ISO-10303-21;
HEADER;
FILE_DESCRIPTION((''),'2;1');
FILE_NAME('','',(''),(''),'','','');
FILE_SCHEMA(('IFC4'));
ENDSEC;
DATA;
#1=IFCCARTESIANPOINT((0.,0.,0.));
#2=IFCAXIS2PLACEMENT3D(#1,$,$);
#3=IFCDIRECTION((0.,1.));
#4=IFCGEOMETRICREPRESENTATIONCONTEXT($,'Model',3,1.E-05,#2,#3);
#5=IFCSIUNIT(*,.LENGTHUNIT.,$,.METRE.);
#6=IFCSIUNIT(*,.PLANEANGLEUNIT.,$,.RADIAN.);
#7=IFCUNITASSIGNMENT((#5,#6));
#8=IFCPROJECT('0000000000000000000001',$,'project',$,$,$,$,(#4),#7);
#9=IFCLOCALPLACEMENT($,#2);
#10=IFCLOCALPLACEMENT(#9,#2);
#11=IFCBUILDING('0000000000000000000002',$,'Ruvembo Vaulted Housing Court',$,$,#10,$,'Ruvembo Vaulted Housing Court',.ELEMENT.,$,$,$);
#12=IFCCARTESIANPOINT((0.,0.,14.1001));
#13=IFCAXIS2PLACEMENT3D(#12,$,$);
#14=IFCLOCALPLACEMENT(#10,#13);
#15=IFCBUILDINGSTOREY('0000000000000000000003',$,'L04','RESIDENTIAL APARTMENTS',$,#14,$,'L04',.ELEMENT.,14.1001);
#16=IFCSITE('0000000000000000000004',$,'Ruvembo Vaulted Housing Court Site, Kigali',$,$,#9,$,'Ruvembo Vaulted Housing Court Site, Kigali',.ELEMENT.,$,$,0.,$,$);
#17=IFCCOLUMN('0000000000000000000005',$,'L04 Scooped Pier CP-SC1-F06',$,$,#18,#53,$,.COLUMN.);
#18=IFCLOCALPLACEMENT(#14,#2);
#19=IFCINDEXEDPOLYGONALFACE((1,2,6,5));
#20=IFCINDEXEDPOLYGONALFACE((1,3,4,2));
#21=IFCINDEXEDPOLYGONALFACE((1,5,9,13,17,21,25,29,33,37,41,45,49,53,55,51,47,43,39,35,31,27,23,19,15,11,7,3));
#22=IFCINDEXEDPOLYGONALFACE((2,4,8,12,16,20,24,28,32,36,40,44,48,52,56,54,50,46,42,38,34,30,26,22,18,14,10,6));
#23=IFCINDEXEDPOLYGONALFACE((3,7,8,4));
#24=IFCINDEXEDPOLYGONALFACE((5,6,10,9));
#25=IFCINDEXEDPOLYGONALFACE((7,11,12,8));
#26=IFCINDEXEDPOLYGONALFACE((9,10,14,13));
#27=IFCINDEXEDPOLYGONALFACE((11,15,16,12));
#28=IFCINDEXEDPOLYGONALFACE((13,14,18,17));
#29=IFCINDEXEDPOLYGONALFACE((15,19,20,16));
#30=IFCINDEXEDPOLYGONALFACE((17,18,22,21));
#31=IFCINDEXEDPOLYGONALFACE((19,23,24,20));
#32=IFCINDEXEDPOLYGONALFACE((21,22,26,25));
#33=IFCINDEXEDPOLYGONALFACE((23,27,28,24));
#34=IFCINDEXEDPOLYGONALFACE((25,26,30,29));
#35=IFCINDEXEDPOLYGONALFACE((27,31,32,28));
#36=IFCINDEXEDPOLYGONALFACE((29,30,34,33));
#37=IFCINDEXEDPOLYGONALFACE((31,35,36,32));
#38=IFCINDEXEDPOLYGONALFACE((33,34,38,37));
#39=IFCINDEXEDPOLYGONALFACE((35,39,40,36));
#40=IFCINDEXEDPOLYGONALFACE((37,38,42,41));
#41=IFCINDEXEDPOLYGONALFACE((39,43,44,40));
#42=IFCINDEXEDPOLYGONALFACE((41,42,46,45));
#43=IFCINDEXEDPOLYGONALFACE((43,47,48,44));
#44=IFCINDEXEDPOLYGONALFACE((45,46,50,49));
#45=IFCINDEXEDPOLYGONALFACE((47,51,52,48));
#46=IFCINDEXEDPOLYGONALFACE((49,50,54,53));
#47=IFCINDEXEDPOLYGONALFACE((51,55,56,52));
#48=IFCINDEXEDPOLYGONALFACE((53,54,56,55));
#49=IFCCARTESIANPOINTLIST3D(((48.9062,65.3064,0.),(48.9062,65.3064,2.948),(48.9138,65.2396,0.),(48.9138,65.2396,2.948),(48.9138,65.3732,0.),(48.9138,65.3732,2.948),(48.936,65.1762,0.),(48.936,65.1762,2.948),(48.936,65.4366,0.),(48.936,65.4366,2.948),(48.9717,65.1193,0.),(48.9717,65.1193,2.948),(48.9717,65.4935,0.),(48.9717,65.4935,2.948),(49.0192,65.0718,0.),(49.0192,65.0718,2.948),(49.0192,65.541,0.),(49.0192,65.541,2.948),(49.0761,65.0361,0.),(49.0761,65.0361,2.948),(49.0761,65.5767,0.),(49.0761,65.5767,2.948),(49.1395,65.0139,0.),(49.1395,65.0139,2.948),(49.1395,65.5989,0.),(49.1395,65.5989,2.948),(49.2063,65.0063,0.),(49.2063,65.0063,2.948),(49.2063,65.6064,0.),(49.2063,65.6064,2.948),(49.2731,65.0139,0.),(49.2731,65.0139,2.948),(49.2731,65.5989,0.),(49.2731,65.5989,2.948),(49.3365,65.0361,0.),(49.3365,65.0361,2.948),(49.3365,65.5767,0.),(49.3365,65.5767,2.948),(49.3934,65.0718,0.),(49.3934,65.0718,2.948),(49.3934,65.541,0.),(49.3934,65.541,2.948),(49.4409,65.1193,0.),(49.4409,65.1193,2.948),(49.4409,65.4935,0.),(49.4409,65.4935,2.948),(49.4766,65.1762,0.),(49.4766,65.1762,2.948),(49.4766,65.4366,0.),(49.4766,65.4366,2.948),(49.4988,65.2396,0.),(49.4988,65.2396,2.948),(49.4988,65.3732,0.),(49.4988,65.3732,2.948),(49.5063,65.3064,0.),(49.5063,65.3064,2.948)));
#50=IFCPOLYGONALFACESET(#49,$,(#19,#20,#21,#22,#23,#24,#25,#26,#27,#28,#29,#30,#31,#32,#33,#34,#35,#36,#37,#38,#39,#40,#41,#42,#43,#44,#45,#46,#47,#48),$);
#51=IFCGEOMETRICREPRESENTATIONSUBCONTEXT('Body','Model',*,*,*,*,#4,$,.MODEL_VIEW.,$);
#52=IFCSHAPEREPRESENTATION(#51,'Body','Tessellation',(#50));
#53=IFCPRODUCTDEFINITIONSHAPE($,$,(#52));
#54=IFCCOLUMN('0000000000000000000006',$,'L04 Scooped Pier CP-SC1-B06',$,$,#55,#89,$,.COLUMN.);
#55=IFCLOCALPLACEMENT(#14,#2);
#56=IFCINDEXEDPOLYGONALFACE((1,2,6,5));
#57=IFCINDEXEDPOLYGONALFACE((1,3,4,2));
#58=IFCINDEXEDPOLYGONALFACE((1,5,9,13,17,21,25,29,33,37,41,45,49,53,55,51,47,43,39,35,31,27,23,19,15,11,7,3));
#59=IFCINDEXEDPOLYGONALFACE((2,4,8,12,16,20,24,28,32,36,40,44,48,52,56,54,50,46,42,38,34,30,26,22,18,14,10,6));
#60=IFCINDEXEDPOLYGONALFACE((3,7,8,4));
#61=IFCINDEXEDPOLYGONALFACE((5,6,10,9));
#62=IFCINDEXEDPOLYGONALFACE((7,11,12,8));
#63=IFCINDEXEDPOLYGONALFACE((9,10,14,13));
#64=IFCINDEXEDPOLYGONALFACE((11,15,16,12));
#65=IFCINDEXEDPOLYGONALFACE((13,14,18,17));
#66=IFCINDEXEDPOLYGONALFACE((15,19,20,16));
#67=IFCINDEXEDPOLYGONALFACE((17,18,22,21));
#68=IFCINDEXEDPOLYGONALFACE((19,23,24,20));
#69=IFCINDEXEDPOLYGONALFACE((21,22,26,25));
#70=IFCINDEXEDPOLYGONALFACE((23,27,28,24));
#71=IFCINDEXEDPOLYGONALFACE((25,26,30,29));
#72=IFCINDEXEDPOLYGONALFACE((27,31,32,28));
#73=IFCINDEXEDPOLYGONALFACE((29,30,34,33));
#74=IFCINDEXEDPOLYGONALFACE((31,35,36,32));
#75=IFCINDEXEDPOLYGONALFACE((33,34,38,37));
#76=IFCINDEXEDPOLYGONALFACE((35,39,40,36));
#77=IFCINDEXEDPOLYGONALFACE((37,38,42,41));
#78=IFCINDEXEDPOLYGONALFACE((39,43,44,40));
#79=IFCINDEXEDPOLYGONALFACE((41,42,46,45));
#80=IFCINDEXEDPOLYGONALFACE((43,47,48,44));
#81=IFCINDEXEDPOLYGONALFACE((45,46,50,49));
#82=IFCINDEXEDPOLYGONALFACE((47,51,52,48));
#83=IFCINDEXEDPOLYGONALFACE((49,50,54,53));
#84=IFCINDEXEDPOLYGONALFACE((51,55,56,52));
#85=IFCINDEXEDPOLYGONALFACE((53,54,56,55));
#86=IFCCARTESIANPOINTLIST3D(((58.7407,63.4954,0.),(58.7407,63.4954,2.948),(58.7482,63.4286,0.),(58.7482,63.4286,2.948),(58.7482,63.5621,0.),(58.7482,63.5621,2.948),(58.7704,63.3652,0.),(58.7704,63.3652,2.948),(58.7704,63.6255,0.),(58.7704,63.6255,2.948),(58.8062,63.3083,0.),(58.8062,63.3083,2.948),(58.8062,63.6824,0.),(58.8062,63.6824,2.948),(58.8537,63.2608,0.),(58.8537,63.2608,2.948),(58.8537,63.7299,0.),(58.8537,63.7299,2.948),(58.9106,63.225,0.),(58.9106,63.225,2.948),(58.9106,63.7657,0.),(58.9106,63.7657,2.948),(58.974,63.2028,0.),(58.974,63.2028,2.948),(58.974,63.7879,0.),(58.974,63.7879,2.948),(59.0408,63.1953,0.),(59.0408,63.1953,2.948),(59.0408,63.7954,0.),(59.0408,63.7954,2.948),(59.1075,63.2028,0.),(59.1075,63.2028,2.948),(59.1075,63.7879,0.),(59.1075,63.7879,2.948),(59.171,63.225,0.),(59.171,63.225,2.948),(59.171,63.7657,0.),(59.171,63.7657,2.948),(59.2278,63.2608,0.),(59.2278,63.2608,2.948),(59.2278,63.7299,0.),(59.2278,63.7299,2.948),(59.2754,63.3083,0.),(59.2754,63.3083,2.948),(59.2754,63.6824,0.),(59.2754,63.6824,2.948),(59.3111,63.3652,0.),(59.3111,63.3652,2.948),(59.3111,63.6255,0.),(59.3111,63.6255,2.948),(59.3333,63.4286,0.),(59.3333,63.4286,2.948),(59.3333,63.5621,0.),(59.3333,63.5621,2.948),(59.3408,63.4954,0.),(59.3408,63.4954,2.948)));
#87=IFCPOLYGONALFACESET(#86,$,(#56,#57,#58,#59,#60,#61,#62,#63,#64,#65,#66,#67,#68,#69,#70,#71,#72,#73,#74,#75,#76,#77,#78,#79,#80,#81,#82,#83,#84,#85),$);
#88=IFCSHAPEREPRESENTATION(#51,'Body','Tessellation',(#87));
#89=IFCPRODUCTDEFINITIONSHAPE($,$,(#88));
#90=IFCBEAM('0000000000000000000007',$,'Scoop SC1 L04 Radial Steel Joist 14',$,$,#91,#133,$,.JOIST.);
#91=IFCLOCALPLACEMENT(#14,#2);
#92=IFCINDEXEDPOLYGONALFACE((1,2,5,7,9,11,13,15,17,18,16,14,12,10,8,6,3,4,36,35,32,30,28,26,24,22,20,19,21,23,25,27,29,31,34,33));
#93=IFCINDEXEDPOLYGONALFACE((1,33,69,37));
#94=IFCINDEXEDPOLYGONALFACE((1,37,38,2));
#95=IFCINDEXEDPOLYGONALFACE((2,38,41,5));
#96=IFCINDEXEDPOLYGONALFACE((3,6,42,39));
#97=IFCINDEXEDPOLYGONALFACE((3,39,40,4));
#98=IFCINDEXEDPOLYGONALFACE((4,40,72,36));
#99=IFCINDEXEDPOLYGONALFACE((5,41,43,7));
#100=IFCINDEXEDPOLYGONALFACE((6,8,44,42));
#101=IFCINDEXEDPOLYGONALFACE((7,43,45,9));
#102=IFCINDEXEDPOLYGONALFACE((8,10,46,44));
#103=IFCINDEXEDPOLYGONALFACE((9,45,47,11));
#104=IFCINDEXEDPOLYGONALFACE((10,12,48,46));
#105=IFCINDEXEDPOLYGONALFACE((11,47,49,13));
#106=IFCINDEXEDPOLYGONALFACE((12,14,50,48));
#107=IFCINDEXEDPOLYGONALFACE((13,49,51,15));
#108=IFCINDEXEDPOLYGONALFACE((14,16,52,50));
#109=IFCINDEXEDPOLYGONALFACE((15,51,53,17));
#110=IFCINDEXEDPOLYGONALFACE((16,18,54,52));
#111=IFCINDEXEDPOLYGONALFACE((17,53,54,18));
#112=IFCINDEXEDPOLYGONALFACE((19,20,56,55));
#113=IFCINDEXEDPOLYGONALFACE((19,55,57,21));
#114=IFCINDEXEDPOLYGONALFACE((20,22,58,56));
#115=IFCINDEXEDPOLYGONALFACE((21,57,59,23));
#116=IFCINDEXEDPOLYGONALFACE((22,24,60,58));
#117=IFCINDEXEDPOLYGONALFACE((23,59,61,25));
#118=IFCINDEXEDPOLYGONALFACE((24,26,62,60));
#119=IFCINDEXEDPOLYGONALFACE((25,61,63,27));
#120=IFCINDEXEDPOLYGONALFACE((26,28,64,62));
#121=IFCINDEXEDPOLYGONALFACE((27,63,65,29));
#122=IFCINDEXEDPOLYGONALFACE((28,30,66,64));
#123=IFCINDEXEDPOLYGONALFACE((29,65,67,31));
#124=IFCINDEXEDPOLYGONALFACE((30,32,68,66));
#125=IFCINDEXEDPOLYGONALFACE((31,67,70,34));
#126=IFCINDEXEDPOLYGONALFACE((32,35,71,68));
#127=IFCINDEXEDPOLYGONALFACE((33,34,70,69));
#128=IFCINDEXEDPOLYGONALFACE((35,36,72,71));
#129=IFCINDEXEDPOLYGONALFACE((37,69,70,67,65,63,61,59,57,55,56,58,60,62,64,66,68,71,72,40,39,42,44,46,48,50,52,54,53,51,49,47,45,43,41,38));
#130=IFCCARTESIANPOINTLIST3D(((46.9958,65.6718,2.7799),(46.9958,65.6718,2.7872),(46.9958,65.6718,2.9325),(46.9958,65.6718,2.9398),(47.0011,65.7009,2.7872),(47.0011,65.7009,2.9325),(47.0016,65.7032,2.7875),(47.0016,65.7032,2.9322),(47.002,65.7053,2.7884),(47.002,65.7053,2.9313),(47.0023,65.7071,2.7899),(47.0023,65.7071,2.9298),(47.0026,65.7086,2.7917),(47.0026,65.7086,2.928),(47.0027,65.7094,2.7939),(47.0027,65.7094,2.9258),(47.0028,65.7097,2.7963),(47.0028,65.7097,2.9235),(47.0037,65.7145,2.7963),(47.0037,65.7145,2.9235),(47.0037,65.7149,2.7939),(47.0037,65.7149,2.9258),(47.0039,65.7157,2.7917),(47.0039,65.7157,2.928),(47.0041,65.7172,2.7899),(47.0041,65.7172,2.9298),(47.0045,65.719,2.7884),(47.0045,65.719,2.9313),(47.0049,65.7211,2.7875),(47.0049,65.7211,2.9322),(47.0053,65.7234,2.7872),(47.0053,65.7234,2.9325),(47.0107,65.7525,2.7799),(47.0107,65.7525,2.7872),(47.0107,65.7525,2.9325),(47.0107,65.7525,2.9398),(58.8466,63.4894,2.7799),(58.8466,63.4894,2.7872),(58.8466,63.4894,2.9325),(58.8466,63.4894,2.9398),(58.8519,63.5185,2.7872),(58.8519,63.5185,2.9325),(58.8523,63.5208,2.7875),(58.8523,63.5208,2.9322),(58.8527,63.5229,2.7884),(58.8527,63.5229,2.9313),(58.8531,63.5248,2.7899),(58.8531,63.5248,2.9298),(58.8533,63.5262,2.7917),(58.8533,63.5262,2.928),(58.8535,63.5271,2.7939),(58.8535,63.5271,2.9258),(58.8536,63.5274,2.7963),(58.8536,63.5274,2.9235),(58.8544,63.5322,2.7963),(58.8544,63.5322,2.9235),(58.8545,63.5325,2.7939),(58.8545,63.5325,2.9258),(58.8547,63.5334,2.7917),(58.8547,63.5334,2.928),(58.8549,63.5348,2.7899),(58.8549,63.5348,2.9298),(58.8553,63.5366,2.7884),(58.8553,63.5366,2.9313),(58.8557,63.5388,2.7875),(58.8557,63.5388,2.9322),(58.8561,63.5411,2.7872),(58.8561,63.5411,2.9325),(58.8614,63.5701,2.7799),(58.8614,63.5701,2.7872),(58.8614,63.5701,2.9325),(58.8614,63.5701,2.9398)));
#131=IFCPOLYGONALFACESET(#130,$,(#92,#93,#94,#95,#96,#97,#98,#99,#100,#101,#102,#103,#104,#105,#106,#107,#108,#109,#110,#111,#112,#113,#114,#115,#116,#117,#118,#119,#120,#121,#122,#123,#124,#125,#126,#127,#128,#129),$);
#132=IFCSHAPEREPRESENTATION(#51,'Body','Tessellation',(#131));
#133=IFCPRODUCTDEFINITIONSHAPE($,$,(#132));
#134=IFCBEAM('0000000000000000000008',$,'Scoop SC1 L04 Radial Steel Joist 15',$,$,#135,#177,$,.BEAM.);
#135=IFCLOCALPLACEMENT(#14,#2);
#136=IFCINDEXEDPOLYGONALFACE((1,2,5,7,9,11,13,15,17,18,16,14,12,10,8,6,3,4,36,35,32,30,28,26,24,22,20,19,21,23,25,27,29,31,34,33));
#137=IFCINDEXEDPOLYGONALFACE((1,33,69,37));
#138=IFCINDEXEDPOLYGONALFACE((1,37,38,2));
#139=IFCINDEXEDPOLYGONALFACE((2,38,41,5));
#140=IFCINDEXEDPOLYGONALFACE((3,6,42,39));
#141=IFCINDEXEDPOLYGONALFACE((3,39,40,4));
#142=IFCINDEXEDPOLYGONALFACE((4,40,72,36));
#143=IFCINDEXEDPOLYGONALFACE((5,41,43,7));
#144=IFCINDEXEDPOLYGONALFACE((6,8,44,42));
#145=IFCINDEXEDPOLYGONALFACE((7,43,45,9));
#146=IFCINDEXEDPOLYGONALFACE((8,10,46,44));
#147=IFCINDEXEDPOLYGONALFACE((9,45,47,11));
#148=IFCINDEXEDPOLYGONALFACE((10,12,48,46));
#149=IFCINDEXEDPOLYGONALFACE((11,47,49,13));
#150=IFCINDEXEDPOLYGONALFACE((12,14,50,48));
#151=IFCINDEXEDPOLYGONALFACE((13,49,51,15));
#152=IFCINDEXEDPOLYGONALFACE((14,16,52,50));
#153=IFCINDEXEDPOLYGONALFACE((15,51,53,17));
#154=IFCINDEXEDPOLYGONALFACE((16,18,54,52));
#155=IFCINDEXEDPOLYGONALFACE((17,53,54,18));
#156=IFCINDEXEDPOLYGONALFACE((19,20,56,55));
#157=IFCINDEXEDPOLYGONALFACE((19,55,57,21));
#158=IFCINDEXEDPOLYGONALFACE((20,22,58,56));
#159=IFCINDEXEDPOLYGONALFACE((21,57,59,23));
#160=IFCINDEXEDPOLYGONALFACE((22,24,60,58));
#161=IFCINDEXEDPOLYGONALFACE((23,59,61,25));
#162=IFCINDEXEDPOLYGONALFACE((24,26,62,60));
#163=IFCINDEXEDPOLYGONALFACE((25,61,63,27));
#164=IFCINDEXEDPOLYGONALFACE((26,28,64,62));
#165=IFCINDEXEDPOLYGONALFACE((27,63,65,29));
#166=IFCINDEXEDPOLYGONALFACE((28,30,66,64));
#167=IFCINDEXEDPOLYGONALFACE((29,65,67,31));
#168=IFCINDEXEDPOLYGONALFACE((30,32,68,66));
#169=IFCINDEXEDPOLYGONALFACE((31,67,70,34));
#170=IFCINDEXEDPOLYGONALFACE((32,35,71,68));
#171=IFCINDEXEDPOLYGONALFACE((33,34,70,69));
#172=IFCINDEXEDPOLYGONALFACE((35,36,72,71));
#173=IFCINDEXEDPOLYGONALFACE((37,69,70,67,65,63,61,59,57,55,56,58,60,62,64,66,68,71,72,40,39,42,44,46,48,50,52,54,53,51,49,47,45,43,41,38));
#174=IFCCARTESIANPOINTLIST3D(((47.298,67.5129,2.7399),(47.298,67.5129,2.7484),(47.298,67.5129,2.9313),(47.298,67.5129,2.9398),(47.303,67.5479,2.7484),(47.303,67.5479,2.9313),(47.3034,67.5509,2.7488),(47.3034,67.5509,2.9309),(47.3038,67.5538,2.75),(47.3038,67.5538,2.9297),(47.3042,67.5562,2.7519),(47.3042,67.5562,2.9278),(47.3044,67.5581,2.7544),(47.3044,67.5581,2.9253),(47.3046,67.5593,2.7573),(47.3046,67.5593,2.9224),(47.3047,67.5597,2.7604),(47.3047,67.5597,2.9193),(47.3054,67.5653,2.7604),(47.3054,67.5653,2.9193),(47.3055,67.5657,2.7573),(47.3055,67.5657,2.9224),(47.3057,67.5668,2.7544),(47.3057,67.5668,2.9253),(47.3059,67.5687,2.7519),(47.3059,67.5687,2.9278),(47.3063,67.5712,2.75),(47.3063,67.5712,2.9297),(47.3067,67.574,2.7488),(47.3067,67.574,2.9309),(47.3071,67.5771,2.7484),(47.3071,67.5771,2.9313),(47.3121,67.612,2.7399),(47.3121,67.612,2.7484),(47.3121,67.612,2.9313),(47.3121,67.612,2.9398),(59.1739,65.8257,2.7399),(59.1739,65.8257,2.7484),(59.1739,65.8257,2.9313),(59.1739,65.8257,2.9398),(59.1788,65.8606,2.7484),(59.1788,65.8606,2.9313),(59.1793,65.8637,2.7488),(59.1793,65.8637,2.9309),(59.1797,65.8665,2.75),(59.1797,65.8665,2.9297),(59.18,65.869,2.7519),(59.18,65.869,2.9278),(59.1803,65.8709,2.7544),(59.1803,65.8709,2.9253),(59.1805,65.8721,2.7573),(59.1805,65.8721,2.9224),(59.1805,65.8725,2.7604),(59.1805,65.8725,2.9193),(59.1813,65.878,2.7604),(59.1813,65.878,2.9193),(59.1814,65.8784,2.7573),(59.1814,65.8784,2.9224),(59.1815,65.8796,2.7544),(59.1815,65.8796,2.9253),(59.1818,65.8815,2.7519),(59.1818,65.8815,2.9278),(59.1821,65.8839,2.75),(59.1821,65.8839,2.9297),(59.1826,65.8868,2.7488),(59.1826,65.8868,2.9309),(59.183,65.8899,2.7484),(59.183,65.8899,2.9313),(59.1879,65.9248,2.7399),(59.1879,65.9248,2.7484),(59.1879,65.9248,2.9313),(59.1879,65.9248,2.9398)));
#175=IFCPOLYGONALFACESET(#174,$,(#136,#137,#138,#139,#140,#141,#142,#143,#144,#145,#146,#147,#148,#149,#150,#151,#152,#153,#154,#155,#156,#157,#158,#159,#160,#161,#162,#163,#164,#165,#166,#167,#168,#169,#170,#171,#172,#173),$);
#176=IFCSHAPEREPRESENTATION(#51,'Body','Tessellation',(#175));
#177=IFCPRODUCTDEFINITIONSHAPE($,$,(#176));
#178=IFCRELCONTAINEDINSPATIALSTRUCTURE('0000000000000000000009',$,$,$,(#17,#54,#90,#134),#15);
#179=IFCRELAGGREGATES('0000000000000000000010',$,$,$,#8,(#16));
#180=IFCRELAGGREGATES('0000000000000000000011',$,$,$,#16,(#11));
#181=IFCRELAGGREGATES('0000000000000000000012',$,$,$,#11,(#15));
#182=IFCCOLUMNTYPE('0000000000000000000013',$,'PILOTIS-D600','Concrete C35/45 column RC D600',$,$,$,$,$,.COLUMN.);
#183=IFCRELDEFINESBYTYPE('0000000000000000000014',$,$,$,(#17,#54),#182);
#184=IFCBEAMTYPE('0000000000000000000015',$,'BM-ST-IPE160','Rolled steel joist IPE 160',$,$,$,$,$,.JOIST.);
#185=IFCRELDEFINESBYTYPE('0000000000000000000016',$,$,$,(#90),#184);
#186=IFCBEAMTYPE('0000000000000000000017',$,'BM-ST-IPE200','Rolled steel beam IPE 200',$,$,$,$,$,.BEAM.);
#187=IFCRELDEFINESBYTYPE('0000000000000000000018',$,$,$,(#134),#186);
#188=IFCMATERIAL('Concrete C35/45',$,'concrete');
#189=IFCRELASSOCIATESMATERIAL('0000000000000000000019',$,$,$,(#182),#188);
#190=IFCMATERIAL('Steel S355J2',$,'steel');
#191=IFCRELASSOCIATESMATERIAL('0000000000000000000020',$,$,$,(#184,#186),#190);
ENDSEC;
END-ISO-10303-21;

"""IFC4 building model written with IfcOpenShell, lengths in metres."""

from ifc_helpers import new_model, si_unit, direction, frame, origin, origin_2d, place, context, subcontext, project, spatial, circle, i_section, extrude, material, material_profile, profile_set, type_object, element, save


model = new_model("IFC4")

# Units and contexts
model_context = context("Model", 3, precision=1e-05, world=origin(), true_north=direction((0.0, 1.0)))
body_context = subcontext(model_context, "Body", "Model", "MODEL_VIEW")
ifc_project = project(units=[si_unit("LENGTHUNIT", "METRE"), si_unit("PLANEANGLEUNIT", "RADIAN")], contexts=[model_context])

# Site, building, storey
site_placement = place(None, origin())
site = spatial("IfcSite", under=ifc_project, at=site_placement, Name="Ruvembo Vaulted Housing Court Site, Kigali", LongName="Ruvembo Vaulted Housing Court Site, Kigali", CompositionType="ELEMENT", RefElevation=0.0)
building_placement = place(site_placement, origin())
building = spatial("IfcBuilding", under=site, at=building_placement, Name="Ruvembo Vaulted Housing Court", LongName="Ruvembo Vaulted Housing Court", CompositionType="ELEMENT")
storey_placement = place(building_placement, frame((0.0, 0.0, 14.1001)))
storey = spatial("IfcBuildingStorey", under=building, at=storey_placement, Name="L04", Description="RESIDENTIAL APARTMENTS", LongName="L04", CompositionType="ELEMENT", Elevation=14.1001)

# Columns
ifc_material_1 = material(Name="Concrete C35/45", Category="concrete")
ifc_material_profile_1 = material_profile(ifc_material_1, circle(Radius=0.3, at=origin_2d()), Name="RC D600")
ifc_profile_set_1 = profile_set([ifc_material_profile_1], Name="Concrete C35/45")
column_type = type_object("IfcColumnType", Name="PILOTIS-D600", Description="Concrete C35/45 column RC D600", PredefinedType="COLUMN", material=ifc_profile_set_1)
for number, where, z_axis, x_axis, name in (
    (1, (49.2063, 65.3064, 0.0), (0.0, 0.0, 1.0), (1.0, 0.0, 0.0), "L04 Scooped Pier CP-SC1-F06"),
    (2, (59.0408, 63.4954, 0.0), (0.0, 0.0, 1.0), (1.0, 0.0, 0.0), "L04 Scooped Pier CP-SC1-B06"),
):
    element("IfcColumn", number, at=place(storey_placement, frame(where, z_axis=z_axis, x_axis=x_axis)), inside=storey, type_object=column_type, Name=name, PredefinedType="COLUMN", context=body_context, shape_type="SweptSolid", body=[
        extrude(circle(Radius=0.3, at=origin_2d()), origin(), (0.0, 0.0, 1.0), 2.948),
    ])

# Beams
ifc_material_2 = material(Name="Steel S355J2", Category="steel")
ifc_material_profile_2 = material_profile(ifc_material_2, i_section(OverallWidth=0.082, OverallDepth=0.1599, WebThickness=0.0049, FlangeThickness=0.0073, FilletRadius=0.009, at=origin_2d()), Name="IPE 160")
ifc_profile_set_2 = profile_set([ifc_material_profile_2], Name="Steel S355J2")
beam_type_1 = type_object("IfcBeamType", Name="BM-ST-IPE160", Description="Rolled steel joist IPE 160", PredefinedType="JOIST", material=ifc_profile_set_2)
beam_1_placement = place(storey_placement, frame((58.854, 63.5298, 2.8599), z_axis=(-0.983463, 0.181108, 0.0), x_axis=(-0.181108, -0.983463, 0.0)))
element("IfcBeam", 3, at=beam_1_placement, inside=storey, type_object=beam_type_1, Name="Scoop SC1 L04 Radial Steel Joist 14", PredefinedType="JOIST", context=body_context, shape_type="SweptSolid", body=[
    extrude(i_section(OverallWidth=0.082, OverallDepth=0.1599, WebThickness=0.0049, FlangeThickness=0.0073, FilletRadius=0.009, at=origin_2d()), origin(), (0.0, 0.0, 1.0), 12.05),
])
ifc_material_profile_3 = material_profile(ifc_material_2, i_section(OverallWidth=0.1001, OverallDepth=0.2, WebThickness=0.0056, FlangeThickness=0.0085, FilletRadius=0.012, at=origin_2d()), Name="IPE 200")
ifc_profile_set_3 = profile_set([ifc_material_profile_3], Name="Steel S355J2")
beam_type_2 = type_object("IfcBeamType", Name="BM-ST-IPE200", Description="Rolled steel beam IPE 200", PredefinedType="BEAM", material=ifc_profile_set_3)
beam_2_placement = place(storey_placement, frame((59.1809, 65.8752, 2.8398), z_axis=(-0.990058, 0.140661, 0.0), x_axis=(-0.140661, -0.990058, 0.0)))
element("IfcBeam", 4, at=beam_2_placement, inside=storey, type_object=beam_type_2, Name="Scoop SC1 L04 Radial Steel Joist 15", PredefinedType="BEAM", context=body_context, shape_type="SweptSolid", body=[
    extrude(i_section(OverallWidth=0.1001, OverallDepth=0.2, WebThickness=0.0056, FlangeThickness=0.0085, FilletRadius=0.012, at=origin_2d()), origin(), (0.0, 0.0, 1.0), 11.9951),
])

save(model, "model.ifc")
